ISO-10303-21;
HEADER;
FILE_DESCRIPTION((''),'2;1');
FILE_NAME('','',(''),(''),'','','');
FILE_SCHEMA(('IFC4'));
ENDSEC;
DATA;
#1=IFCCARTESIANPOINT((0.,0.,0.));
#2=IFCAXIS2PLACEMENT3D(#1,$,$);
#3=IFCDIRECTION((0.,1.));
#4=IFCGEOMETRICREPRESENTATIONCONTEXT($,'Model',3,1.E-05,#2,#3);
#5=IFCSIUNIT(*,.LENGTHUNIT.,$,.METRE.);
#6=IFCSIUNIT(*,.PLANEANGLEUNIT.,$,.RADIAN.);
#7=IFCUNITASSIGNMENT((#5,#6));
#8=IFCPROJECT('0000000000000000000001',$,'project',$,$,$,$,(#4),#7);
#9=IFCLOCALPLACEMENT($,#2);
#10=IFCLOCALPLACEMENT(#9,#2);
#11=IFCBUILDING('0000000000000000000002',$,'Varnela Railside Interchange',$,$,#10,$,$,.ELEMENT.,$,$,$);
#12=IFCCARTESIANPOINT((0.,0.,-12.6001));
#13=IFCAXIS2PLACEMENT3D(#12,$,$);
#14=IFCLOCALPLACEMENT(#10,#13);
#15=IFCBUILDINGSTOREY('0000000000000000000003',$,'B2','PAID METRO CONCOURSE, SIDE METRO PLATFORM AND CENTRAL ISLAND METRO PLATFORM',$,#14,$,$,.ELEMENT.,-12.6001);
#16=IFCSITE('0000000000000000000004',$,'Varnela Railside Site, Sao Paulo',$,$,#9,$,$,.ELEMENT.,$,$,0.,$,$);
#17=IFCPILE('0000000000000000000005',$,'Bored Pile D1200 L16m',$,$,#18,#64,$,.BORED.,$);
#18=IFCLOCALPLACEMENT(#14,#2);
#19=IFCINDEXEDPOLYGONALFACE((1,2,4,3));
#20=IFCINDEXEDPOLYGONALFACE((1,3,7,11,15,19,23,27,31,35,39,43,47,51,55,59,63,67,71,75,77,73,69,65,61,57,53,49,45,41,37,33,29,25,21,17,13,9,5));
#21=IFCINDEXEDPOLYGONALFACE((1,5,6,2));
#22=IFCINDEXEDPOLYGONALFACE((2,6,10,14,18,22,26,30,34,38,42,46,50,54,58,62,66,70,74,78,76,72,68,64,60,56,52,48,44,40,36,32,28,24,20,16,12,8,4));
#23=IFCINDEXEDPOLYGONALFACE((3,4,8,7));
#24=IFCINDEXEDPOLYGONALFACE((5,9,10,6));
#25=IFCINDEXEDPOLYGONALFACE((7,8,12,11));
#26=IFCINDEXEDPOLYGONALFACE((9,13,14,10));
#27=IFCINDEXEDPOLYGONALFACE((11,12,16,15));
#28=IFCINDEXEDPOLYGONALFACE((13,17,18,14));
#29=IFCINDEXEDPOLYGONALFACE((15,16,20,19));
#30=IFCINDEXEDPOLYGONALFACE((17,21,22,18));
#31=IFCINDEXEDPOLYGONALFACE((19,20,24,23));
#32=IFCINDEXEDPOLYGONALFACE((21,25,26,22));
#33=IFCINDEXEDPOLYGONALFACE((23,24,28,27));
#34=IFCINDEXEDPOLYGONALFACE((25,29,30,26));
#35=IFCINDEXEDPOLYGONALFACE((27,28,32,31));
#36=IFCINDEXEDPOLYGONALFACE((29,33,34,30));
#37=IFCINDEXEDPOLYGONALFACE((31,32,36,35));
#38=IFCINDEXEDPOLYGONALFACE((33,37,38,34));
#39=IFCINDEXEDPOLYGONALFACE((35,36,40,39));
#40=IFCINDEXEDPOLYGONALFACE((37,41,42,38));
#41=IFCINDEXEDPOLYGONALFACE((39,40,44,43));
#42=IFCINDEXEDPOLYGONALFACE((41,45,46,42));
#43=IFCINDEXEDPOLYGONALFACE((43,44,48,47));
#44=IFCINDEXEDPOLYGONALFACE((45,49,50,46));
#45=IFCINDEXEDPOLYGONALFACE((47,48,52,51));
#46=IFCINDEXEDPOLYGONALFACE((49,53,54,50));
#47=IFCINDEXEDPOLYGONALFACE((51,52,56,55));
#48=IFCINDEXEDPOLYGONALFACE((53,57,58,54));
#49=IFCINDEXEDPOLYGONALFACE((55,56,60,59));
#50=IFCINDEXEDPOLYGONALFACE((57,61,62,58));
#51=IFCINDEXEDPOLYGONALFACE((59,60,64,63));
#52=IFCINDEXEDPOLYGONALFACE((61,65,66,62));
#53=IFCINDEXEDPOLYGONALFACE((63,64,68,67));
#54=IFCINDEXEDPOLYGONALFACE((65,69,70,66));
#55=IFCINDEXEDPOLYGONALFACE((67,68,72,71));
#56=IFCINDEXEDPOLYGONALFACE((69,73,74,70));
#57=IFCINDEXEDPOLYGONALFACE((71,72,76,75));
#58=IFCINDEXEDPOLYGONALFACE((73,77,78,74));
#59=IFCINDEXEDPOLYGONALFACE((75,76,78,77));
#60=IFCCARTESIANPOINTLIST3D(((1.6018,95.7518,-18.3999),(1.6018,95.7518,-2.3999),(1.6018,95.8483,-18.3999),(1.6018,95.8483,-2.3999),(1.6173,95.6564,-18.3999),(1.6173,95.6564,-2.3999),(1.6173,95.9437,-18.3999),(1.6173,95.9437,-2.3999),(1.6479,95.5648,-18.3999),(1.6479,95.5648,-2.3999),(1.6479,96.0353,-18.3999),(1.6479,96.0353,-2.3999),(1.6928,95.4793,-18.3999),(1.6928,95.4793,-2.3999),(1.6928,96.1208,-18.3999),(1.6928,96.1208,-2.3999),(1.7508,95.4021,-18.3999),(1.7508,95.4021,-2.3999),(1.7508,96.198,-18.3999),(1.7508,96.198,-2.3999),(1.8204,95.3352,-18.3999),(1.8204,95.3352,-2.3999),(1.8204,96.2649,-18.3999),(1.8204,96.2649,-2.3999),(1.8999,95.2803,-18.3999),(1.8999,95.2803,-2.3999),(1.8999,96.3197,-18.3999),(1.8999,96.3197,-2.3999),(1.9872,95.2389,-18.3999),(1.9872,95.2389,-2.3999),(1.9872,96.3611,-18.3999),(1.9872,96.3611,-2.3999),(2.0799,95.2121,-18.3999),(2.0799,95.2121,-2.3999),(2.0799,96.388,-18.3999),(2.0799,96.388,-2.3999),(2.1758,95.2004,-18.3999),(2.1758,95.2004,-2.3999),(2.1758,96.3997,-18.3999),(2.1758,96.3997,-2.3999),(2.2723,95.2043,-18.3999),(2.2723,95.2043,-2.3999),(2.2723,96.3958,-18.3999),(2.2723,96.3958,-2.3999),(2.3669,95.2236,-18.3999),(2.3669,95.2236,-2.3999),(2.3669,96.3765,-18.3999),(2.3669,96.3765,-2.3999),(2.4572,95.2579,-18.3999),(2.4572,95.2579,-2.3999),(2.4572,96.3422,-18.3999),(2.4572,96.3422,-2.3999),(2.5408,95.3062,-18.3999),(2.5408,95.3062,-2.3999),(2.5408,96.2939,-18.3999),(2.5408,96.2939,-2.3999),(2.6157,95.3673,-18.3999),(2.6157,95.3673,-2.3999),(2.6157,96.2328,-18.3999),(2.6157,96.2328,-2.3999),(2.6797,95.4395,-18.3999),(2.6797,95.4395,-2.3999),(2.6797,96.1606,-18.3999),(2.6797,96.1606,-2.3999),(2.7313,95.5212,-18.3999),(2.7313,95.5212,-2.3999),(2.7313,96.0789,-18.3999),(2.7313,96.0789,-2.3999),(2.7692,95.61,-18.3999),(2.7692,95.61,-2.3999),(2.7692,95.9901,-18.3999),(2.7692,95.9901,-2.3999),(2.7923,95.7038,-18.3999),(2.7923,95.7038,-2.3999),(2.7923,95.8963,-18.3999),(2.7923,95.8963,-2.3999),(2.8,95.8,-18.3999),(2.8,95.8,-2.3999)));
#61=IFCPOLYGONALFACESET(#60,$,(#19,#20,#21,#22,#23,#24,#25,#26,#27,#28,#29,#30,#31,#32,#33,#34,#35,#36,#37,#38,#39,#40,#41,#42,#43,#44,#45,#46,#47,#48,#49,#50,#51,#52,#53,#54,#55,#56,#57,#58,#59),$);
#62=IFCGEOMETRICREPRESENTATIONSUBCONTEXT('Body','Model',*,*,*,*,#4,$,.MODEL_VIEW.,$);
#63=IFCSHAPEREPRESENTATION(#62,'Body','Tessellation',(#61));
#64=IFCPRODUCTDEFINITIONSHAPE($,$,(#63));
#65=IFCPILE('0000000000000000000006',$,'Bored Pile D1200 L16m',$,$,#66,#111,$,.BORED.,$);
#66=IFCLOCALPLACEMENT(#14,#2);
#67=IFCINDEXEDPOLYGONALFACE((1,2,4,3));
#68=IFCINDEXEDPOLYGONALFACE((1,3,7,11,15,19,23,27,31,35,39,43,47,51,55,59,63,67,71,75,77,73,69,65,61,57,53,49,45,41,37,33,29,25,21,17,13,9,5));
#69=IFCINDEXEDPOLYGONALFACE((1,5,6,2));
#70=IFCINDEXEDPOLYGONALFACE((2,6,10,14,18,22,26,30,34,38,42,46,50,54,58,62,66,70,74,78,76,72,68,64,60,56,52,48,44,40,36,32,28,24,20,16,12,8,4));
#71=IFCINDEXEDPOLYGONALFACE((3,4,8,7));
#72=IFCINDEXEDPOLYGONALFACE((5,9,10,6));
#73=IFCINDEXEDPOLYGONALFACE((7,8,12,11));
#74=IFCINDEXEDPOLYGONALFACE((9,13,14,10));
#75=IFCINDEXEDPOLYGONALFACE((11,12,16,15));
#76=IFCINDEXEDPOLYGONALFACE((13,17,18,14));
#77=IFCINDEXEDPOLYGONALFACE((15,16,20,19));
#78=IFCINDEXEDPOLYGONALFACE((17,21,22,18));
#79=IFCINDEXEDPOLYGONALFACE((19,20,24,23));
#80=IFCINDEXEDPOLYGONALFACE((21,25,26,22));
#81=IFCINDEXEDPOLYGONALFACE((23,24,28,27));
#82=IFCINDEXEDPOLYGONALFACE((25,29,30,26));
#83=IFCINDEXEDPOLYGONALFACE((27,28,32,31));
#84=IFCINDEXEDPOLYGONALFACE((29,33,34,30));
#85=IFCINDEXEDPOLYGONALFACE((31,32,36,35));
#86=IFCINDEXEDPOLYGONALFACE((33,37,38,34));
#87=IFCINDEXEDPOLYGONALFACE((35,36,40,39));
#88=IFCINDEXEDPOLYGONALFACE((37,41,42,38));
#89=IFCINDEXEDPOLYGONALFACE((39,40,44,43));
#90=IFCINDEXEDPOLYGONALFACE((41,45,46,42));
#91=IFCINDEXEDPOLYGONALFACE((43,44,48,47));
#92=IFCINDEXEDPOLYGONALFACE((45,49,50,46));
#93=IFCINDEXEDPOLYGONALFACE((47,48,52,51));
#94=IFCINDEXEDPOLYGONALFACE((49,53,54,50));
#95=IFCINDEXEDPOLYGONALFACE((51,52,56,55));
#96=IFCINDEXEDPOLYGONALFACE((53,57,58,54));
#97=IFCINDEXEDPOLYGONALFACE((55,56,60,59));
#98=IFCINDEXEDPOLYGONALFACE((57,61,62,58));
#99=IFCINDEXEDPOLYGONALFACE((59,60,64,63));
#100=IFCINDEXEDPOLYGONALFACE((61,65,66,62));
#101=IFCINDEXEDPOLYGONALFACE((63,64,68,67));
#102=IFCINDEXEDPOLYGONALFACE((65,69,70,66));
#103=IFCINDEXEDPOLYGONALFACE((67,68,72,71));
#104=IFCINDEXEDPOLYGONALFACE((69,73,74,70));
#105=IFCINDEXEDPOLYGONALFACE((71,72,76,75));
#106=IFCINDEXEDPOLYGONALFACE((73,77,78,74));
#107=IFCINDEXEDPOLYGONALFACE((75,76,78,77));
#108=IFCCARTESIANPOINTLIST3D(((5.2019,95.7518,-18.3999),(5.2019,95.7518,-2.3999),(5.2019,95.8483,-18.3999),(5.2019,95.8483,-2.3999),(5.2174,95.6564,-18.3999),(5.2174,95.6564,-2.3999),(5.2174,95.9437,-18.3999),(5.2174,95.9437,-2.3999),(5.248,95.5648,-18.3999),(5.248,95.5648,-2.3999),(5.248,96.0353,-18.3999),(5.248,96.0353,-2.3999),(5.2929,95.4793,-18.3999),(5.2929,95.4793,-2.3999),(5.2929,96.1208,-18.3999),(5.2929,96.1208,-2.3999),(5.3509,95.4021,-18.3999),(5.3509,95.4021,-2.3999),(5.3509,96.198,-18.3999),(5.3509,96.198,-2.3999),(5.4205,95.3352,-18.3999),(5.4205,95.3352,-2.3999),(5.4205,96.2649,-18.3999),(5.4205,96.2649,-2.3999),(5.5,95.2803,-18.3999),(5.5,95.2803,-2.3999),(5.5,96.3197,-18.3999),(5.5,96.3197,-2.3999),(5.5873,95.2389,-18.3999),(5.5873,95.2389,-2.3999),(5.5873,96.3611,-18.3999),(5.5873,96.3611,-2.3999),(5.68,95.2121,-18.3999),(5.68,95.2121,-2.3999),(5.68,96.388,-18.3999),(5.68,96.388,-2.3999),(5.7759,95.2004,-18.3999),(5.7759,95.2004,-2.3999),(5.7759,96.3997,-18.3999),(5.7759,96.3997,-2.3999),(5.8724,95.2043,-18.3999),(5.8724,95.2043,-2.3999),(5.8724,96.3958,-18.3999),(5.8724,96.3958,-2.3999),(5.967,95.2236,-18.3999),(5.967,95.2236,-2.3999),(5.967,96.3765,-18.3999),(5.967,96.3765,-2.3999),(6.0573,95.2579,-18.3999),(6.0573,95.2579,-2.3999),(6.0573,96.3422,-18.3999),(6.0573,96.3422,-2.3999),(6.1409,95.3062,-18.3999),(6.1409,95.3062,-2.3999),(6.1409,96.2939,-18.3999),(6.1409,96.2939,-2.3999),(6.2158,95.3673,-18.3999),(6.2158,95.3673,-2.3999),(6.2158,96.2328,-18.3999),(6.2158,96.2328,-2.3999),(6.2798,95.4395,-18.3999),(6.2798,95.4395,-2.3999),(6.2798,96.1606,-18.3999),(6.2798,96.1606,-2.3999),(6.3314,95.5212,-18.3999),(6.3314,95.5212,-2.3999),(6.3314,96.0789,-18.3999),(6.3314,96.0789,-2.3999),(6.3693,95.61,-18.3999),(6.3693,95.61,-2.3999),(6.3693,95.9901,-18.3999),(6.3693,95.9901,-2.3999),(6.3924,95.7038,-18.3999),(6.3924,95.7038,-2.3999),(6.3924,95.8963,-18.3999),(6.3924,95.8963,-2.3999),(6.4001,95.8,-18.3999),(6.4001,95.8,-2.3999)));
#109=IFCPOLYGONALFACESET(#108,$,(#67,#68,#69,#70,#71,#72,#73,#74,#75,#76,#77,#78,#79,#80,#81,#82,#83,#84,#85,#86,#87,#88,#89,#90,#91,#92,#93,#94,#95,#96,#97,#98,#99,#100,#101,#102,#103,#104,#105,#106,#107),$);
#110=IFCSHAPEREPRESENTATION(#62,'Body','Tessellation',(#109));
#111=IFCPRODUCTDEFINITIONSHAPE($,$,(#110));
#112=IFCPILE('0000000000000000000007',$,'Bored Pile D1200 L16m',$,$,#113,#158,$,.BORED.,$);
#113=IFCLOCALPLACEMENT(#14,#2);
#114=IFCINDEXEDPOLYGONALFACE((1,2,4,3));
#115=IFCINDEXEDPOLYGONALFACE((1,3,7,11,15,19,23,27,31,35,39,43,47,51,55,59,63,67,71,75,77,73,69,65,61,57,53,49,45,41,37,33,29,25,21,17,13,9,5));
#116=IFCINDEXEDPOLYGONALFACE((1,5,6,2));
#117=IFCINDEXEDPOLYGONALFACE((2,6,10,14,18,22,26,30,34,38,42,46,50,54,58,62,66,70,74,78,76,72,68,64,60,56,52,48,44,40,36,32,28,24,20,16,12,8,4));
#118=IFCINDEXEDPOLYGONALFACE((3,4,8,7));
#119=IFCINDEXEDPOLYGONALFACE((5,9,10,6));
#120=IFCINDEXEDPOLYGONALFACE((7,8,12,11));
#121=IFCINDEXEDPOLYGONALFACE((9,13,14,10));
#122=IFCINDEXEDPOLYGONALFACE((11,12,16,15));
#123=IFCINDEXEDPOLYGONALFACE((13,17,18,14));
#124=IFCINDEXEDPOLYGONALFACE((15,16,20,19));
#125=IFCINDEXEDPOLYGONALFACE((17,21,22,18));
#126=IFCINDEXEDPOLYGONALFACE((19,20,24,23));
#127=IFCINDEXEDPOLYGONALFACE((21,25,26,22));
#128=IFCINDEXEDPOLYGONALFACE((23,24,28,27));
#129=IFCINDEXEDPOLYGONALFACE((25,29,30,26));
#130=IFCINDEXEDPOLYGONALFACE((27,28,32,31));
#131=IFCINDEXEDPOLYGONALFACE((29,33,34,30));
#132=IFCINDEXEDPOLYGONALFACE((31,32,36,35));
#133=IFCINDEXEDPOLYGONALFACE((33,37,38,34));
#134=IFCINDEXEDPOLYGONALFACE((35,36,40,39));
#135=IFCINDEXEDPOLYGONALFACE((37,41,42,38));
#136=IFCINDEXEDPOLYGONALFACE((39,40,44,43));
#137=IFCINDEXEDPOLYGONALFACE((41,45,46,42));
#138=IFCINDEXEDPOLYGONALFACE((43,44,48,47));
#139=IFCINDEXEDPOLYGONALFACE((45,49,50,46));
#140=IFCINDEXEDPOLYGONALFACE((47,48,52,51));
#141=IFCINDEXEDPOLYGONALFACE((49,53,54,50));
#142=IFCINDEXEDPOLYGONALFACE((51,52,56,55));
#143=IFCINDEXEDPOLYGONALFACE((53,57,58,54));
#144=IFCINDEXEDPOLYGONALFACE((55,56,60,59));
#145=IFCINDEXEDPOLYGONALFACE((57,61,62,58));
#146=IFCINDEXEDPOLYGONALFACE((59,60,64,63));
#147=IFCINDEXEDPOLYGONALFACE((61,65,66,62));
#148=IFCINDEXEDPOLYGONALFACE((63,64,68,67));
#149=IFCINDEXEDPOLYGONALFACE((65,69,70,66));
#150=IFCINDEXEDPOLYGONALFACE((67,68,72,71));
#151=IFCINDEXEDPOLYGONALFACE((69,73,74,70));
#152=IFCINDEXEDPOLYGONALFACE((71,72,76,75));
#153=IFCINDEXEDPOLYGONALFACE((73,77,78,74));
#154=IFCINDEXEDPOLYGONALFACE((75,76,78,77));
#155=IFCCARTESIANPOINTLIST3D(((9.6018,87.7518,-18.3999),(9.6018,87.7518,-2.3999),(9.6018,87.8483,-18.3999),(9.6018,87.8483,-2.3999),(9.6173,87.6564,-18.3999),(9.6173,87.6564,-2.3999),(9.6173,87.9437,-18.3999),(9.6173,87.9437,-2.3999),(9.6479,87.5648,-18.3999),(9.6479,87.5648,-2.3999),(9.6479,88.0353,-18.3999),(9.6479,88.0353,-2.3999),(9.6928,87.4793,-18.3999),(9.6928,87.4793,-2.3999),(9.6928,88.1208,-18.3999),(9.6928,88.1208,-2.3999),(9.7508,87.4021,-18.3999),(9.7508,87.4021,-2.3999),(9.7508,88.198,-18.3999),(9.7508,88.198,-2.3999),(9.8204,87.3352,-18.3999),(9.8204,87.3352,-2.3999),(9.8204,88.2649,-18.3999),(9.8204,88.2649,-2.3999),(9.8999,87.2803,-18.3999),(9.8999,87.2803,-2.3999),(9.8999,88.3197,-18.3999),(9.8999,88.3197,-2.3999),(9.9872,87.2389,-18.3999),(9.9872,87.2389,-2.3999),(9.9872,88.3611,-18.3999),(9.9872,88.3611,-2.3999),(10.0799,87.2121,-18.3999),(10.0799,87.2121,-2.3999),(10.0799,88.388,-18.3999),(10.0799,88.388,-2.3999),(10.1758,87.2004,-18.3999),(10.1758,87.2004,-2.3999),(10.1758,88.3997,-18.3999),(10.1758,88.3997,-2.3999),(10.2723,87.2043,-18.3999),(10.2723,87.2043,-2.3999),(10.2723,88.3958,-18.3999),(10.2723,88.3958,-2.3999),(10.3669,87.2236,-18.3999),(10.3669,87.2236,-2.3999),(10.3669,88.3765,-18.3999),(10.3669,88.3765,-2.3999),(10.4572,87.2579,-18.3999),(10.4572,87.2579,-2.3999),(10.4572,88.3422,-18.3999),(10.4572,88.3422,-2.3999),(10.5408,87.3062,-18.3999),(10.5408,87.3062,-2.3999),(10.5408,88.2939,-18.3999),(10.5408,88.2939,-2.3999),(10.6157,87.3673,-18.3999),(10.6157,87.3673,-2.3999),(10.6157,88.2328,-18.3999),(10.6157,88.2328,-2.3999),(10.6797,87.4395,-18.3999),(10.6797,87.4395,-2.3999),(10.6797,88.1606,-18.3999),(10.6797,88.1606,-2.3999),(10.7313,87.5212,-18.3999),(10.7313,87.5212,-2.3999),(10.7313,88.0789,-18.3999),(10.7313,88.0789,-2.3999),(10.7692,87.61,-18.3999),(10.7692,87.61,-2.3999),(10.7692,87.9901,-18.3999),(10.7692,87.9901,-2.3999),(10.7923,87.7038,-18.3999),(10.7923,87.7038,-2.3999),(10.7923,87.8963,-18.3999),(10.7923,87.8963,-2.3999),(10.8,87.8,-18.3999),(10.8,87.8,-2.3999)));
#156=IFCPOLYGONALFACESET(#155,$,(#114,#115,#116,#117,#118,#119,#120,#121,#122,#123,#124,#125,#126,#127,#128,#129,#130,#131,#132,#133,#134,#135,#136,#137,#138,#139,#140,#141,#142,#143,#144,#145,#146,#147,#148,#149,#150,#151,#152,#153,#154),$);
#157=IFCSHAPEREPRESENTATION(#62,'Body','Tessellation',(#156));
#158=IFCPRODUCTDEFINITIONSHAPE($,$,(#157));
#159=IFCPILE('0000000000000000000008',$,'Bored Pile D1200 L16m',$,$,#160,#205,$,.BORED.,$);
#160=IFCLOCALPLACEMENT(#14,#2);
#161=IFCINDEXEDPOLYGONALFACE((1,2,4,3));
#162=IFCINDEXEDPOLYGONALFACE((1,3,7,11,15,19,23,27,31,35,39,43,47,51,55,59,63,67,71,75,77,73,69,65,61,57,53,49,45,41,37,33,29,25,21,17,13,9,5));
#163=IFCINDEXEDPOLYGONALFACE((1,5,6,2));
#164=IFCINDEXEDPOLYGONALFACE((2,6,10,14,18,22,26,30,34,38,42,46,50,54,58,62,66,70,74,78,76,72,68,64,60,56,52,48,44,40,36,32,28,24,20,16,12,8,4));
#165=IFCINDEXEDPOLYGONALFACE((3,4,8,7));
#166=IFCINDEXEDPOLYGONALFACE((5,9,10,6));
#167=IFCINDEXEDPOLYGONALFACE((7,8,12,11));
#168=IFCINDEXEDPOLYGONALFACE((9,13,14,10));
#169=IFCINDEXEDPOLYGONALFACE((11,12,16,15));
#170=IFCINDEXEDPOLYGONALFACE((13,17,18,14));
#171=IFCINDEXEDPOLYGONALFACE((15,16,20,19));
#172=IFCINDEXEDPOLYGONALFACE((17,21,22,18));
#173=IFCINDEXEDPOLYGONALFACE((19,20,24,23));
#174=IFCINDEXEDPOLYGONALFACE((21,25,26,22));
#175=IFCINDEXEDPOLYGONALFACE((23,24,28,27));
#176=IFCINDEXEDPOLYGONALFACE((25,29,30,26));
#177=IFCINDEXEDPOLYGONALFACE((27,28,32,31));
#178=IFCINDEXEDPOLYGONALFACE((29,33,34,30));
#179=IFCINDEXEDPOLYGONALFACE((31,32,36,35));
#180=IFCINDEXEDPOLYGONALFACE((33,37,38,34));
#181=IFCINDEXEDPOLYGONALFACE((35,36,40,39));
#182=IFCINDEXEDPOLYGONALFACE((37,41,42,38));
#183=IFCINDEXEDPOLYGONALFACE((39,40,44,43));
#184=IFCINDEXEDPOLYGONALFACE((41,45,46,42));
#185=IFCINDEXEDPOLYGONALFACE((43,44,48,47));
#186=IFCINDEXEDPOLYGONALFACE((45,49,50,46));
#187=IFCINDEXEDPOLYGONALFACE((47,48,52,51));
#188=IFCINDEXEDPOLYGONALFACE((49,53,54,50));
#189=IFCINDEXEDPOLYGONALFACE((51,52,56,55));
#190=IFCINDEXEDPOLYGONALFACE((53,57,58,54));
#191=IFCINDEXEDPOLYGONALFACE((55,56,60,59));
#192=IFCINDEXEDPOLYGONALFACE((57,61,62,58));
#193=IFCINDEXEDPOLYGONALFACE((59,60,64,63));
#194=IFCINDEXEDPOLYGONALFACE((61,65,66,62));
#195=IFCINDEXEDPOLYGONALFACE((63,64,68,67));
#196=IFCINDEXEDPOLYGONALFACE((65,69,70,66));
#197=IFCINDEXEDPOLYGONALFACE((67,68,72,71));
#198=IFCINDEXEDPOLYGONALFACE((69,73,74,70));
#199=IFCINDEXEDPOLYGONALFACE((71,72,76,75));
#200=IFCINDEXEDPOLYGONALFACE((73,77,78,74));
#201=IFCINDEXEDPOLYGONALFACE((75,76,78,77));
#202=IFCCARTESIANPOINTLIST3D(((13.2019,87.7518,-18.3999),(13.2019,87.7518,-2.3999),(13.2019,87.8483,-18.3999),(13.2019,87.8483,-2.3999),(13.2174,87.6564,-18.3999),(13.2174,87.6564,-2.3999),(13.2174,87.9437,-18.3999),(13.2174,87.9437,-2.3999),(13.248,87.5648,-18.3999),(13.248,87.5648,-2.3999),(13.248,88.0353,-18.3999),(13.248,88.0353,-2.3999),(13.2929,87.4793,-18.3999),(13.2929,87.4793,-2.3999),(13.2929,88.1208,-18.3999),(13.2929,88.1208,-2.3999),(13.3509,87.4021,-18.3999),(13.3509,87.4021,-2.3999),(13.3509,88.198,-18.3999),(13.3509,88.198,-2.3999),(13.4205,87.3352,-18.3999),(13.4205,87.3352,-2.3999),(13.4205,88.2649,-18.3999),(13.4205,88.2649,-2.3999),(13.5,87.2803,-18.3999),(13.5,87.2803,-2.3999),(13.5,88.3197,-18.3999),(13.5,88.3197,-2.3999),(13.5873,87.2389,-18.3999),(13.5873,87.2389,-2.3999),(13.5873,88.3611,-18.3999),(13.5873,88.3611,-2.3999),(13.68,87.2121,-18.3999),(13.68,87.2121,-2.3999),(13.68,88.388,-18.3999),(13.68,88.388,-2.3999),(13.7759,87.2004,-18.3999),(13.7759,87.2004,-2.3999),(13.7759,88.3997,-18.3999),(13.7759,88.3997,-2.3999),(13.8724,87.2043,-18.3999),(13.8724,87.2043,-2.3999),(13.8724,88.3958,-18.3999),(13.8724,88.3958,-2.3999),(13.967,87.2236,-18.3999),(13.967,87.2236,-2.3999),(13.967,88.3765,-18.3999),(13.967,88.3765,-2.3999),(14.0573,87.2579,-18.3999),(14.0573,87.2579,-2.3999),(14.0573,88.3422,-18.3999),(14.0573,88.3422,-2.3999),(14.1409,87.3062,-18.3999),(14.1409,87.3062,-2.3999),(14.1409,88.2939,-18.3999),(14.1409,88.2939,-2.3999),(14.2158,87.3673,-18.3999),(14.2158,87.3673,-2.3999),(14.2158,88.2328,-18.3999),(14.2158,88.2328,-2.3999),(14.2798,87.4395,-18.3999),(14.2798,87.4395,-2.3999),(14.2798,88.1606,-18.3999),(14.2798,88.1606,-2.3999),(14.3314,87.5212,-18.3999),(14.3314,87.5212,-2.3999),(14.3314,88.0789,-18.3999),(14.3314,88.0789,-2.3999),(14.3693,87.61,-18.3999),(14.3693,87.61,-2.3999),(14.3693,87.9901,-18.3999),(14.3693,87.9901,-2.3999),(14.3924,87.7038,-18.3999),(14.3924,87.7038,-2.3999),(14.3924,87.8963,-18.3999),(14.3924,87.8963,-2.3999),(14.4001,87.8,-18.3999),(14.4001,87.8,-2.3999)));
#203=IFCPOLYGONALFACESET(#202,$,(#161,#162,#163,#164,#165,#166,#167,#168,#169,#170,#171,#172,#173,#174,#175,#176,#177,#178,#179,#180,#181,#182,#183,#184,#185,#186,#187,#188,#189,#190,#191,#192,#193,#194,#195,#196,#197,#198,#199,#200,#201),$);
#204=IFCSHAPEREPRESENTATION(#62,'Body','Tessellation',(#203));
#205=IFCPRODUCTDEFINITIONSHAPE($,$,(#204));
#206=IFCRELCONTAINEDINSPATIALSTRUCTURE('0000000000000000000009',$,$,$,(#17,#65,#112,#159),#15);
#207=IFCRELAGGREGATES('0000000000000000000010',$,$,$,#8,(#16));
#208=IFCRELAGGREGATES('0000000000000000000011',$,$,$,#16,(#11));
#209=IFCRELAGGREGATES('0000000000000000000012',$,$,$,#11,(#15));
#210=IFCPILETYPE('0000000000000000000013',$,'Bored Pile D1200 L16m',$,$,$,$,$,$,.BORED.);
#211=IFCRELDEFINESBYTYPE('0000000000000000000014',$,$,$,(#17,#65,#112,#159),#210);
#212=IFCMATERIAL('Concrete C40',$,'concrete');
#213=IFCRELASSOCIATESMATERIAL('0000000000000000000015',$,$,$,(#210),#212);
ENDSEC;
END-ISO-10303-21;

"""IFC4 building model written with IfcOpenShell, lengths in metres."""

from ifc_helpers import new_model, si_unit, direction, frame, origin, origin_2d, place, context, subcontext, project, spatial, circle, extrude, material, material_profile, profile_set, type_object, element, save


model = new_model("IFC4")

# Units and contexts
model_context = context("Model", 3, precision=1e-05, world=origin(), true_north=direction((0.0, 1.0)))
body_context = subcontext(model_context, "Body", "Model", "MODEL_VIEW")
ifc_project = project(units=[si_unit("LENGTHUNIT", "METRE"), si_unit("PLANEANGLEUNIT", "RADIAN")], contexts=[model_context])

# Site, building, storey
site_placement = place(None, origin())
site = spatial("IfcSite", under=ifc_project, at=site_placement, Name="Varnela Railside Site, Sao Paulo", CompositionType="ELEMENT", RefElevation=0.0)
building_placement = place(site_placement, origin())
building = spatial("IfcBuilding", under=site, at=building_placement, Name="Varnela Railside Interchange", CompositionType="ELEMENT")
storey_placement = place(building_placement, frame((0.0, 0.0, -12.6001)))
storey = spatial("IfcBuildingStorey", under=building, at=storey_placement, Name="B2", Description="PAID METRO CONCOURSE, SIDE METRO PLATFORM AND CENTRAL ISLAND METRO PLATFORM", CompositionType="ELEMENT", Elevation=-12.6001)

# Piles
ifc_material_1 = material(Name="Concrete C40", Category="concrete")
ifc_material_profile_1 = material_profile(ifc_material_1, circle(Radius=0.6001, at=origin_2d()), Name="BORED PILE D1200")
ifc_profile_set_1 = profile_set([ifc_material_profile_1], Name="Concrete C40")
pile_type = type_object("IfcPileType", Name="Bored Pile D1200 L16m", PredefinedType="BORED", material=ifc_profile_set_1)
for number, where, z_axis, x_axis, name in (
    (1, (2.2, 95.8, -2.3999), (0.0, 0.0, -1.0), (1.0, 0.0, 0.0), "Bored Pile D1200 L16m"),
    (2, (5.8, 95.8, -2.3999), (0.0, 0.0, -1.0), (1.0, 0.0, 0.0), "Bored Pile D1200 L16m"),
    (3, (10.2, 87.8, -2.3999), (0.0, 0.0, -1.0), (1.0, 0.0, 0.0), "Bored Pile D1200 L16m"),
    (4, (13.8, 87.8, -2.3999), (0.0, 0.0, -1.0), (1.0, 0.0, 0.0), "Bored Pile D1200 L16m"),
):
    element("IfcPile", number, at=place(storey_placement, frame(where, z_axis=z_axis, x_axis=x_axis)), inside=storey, type_object=pile_type, Name=name, PredefinedType="BORED", context=body_context, shape_type="SweptSolid", body=[
        extrude(circle(Radius=0.6001, at=origin_2d()), origin(), (0.0, 0.0, 1.0), 16.0),
    ])

save(model, "model.ifc")
